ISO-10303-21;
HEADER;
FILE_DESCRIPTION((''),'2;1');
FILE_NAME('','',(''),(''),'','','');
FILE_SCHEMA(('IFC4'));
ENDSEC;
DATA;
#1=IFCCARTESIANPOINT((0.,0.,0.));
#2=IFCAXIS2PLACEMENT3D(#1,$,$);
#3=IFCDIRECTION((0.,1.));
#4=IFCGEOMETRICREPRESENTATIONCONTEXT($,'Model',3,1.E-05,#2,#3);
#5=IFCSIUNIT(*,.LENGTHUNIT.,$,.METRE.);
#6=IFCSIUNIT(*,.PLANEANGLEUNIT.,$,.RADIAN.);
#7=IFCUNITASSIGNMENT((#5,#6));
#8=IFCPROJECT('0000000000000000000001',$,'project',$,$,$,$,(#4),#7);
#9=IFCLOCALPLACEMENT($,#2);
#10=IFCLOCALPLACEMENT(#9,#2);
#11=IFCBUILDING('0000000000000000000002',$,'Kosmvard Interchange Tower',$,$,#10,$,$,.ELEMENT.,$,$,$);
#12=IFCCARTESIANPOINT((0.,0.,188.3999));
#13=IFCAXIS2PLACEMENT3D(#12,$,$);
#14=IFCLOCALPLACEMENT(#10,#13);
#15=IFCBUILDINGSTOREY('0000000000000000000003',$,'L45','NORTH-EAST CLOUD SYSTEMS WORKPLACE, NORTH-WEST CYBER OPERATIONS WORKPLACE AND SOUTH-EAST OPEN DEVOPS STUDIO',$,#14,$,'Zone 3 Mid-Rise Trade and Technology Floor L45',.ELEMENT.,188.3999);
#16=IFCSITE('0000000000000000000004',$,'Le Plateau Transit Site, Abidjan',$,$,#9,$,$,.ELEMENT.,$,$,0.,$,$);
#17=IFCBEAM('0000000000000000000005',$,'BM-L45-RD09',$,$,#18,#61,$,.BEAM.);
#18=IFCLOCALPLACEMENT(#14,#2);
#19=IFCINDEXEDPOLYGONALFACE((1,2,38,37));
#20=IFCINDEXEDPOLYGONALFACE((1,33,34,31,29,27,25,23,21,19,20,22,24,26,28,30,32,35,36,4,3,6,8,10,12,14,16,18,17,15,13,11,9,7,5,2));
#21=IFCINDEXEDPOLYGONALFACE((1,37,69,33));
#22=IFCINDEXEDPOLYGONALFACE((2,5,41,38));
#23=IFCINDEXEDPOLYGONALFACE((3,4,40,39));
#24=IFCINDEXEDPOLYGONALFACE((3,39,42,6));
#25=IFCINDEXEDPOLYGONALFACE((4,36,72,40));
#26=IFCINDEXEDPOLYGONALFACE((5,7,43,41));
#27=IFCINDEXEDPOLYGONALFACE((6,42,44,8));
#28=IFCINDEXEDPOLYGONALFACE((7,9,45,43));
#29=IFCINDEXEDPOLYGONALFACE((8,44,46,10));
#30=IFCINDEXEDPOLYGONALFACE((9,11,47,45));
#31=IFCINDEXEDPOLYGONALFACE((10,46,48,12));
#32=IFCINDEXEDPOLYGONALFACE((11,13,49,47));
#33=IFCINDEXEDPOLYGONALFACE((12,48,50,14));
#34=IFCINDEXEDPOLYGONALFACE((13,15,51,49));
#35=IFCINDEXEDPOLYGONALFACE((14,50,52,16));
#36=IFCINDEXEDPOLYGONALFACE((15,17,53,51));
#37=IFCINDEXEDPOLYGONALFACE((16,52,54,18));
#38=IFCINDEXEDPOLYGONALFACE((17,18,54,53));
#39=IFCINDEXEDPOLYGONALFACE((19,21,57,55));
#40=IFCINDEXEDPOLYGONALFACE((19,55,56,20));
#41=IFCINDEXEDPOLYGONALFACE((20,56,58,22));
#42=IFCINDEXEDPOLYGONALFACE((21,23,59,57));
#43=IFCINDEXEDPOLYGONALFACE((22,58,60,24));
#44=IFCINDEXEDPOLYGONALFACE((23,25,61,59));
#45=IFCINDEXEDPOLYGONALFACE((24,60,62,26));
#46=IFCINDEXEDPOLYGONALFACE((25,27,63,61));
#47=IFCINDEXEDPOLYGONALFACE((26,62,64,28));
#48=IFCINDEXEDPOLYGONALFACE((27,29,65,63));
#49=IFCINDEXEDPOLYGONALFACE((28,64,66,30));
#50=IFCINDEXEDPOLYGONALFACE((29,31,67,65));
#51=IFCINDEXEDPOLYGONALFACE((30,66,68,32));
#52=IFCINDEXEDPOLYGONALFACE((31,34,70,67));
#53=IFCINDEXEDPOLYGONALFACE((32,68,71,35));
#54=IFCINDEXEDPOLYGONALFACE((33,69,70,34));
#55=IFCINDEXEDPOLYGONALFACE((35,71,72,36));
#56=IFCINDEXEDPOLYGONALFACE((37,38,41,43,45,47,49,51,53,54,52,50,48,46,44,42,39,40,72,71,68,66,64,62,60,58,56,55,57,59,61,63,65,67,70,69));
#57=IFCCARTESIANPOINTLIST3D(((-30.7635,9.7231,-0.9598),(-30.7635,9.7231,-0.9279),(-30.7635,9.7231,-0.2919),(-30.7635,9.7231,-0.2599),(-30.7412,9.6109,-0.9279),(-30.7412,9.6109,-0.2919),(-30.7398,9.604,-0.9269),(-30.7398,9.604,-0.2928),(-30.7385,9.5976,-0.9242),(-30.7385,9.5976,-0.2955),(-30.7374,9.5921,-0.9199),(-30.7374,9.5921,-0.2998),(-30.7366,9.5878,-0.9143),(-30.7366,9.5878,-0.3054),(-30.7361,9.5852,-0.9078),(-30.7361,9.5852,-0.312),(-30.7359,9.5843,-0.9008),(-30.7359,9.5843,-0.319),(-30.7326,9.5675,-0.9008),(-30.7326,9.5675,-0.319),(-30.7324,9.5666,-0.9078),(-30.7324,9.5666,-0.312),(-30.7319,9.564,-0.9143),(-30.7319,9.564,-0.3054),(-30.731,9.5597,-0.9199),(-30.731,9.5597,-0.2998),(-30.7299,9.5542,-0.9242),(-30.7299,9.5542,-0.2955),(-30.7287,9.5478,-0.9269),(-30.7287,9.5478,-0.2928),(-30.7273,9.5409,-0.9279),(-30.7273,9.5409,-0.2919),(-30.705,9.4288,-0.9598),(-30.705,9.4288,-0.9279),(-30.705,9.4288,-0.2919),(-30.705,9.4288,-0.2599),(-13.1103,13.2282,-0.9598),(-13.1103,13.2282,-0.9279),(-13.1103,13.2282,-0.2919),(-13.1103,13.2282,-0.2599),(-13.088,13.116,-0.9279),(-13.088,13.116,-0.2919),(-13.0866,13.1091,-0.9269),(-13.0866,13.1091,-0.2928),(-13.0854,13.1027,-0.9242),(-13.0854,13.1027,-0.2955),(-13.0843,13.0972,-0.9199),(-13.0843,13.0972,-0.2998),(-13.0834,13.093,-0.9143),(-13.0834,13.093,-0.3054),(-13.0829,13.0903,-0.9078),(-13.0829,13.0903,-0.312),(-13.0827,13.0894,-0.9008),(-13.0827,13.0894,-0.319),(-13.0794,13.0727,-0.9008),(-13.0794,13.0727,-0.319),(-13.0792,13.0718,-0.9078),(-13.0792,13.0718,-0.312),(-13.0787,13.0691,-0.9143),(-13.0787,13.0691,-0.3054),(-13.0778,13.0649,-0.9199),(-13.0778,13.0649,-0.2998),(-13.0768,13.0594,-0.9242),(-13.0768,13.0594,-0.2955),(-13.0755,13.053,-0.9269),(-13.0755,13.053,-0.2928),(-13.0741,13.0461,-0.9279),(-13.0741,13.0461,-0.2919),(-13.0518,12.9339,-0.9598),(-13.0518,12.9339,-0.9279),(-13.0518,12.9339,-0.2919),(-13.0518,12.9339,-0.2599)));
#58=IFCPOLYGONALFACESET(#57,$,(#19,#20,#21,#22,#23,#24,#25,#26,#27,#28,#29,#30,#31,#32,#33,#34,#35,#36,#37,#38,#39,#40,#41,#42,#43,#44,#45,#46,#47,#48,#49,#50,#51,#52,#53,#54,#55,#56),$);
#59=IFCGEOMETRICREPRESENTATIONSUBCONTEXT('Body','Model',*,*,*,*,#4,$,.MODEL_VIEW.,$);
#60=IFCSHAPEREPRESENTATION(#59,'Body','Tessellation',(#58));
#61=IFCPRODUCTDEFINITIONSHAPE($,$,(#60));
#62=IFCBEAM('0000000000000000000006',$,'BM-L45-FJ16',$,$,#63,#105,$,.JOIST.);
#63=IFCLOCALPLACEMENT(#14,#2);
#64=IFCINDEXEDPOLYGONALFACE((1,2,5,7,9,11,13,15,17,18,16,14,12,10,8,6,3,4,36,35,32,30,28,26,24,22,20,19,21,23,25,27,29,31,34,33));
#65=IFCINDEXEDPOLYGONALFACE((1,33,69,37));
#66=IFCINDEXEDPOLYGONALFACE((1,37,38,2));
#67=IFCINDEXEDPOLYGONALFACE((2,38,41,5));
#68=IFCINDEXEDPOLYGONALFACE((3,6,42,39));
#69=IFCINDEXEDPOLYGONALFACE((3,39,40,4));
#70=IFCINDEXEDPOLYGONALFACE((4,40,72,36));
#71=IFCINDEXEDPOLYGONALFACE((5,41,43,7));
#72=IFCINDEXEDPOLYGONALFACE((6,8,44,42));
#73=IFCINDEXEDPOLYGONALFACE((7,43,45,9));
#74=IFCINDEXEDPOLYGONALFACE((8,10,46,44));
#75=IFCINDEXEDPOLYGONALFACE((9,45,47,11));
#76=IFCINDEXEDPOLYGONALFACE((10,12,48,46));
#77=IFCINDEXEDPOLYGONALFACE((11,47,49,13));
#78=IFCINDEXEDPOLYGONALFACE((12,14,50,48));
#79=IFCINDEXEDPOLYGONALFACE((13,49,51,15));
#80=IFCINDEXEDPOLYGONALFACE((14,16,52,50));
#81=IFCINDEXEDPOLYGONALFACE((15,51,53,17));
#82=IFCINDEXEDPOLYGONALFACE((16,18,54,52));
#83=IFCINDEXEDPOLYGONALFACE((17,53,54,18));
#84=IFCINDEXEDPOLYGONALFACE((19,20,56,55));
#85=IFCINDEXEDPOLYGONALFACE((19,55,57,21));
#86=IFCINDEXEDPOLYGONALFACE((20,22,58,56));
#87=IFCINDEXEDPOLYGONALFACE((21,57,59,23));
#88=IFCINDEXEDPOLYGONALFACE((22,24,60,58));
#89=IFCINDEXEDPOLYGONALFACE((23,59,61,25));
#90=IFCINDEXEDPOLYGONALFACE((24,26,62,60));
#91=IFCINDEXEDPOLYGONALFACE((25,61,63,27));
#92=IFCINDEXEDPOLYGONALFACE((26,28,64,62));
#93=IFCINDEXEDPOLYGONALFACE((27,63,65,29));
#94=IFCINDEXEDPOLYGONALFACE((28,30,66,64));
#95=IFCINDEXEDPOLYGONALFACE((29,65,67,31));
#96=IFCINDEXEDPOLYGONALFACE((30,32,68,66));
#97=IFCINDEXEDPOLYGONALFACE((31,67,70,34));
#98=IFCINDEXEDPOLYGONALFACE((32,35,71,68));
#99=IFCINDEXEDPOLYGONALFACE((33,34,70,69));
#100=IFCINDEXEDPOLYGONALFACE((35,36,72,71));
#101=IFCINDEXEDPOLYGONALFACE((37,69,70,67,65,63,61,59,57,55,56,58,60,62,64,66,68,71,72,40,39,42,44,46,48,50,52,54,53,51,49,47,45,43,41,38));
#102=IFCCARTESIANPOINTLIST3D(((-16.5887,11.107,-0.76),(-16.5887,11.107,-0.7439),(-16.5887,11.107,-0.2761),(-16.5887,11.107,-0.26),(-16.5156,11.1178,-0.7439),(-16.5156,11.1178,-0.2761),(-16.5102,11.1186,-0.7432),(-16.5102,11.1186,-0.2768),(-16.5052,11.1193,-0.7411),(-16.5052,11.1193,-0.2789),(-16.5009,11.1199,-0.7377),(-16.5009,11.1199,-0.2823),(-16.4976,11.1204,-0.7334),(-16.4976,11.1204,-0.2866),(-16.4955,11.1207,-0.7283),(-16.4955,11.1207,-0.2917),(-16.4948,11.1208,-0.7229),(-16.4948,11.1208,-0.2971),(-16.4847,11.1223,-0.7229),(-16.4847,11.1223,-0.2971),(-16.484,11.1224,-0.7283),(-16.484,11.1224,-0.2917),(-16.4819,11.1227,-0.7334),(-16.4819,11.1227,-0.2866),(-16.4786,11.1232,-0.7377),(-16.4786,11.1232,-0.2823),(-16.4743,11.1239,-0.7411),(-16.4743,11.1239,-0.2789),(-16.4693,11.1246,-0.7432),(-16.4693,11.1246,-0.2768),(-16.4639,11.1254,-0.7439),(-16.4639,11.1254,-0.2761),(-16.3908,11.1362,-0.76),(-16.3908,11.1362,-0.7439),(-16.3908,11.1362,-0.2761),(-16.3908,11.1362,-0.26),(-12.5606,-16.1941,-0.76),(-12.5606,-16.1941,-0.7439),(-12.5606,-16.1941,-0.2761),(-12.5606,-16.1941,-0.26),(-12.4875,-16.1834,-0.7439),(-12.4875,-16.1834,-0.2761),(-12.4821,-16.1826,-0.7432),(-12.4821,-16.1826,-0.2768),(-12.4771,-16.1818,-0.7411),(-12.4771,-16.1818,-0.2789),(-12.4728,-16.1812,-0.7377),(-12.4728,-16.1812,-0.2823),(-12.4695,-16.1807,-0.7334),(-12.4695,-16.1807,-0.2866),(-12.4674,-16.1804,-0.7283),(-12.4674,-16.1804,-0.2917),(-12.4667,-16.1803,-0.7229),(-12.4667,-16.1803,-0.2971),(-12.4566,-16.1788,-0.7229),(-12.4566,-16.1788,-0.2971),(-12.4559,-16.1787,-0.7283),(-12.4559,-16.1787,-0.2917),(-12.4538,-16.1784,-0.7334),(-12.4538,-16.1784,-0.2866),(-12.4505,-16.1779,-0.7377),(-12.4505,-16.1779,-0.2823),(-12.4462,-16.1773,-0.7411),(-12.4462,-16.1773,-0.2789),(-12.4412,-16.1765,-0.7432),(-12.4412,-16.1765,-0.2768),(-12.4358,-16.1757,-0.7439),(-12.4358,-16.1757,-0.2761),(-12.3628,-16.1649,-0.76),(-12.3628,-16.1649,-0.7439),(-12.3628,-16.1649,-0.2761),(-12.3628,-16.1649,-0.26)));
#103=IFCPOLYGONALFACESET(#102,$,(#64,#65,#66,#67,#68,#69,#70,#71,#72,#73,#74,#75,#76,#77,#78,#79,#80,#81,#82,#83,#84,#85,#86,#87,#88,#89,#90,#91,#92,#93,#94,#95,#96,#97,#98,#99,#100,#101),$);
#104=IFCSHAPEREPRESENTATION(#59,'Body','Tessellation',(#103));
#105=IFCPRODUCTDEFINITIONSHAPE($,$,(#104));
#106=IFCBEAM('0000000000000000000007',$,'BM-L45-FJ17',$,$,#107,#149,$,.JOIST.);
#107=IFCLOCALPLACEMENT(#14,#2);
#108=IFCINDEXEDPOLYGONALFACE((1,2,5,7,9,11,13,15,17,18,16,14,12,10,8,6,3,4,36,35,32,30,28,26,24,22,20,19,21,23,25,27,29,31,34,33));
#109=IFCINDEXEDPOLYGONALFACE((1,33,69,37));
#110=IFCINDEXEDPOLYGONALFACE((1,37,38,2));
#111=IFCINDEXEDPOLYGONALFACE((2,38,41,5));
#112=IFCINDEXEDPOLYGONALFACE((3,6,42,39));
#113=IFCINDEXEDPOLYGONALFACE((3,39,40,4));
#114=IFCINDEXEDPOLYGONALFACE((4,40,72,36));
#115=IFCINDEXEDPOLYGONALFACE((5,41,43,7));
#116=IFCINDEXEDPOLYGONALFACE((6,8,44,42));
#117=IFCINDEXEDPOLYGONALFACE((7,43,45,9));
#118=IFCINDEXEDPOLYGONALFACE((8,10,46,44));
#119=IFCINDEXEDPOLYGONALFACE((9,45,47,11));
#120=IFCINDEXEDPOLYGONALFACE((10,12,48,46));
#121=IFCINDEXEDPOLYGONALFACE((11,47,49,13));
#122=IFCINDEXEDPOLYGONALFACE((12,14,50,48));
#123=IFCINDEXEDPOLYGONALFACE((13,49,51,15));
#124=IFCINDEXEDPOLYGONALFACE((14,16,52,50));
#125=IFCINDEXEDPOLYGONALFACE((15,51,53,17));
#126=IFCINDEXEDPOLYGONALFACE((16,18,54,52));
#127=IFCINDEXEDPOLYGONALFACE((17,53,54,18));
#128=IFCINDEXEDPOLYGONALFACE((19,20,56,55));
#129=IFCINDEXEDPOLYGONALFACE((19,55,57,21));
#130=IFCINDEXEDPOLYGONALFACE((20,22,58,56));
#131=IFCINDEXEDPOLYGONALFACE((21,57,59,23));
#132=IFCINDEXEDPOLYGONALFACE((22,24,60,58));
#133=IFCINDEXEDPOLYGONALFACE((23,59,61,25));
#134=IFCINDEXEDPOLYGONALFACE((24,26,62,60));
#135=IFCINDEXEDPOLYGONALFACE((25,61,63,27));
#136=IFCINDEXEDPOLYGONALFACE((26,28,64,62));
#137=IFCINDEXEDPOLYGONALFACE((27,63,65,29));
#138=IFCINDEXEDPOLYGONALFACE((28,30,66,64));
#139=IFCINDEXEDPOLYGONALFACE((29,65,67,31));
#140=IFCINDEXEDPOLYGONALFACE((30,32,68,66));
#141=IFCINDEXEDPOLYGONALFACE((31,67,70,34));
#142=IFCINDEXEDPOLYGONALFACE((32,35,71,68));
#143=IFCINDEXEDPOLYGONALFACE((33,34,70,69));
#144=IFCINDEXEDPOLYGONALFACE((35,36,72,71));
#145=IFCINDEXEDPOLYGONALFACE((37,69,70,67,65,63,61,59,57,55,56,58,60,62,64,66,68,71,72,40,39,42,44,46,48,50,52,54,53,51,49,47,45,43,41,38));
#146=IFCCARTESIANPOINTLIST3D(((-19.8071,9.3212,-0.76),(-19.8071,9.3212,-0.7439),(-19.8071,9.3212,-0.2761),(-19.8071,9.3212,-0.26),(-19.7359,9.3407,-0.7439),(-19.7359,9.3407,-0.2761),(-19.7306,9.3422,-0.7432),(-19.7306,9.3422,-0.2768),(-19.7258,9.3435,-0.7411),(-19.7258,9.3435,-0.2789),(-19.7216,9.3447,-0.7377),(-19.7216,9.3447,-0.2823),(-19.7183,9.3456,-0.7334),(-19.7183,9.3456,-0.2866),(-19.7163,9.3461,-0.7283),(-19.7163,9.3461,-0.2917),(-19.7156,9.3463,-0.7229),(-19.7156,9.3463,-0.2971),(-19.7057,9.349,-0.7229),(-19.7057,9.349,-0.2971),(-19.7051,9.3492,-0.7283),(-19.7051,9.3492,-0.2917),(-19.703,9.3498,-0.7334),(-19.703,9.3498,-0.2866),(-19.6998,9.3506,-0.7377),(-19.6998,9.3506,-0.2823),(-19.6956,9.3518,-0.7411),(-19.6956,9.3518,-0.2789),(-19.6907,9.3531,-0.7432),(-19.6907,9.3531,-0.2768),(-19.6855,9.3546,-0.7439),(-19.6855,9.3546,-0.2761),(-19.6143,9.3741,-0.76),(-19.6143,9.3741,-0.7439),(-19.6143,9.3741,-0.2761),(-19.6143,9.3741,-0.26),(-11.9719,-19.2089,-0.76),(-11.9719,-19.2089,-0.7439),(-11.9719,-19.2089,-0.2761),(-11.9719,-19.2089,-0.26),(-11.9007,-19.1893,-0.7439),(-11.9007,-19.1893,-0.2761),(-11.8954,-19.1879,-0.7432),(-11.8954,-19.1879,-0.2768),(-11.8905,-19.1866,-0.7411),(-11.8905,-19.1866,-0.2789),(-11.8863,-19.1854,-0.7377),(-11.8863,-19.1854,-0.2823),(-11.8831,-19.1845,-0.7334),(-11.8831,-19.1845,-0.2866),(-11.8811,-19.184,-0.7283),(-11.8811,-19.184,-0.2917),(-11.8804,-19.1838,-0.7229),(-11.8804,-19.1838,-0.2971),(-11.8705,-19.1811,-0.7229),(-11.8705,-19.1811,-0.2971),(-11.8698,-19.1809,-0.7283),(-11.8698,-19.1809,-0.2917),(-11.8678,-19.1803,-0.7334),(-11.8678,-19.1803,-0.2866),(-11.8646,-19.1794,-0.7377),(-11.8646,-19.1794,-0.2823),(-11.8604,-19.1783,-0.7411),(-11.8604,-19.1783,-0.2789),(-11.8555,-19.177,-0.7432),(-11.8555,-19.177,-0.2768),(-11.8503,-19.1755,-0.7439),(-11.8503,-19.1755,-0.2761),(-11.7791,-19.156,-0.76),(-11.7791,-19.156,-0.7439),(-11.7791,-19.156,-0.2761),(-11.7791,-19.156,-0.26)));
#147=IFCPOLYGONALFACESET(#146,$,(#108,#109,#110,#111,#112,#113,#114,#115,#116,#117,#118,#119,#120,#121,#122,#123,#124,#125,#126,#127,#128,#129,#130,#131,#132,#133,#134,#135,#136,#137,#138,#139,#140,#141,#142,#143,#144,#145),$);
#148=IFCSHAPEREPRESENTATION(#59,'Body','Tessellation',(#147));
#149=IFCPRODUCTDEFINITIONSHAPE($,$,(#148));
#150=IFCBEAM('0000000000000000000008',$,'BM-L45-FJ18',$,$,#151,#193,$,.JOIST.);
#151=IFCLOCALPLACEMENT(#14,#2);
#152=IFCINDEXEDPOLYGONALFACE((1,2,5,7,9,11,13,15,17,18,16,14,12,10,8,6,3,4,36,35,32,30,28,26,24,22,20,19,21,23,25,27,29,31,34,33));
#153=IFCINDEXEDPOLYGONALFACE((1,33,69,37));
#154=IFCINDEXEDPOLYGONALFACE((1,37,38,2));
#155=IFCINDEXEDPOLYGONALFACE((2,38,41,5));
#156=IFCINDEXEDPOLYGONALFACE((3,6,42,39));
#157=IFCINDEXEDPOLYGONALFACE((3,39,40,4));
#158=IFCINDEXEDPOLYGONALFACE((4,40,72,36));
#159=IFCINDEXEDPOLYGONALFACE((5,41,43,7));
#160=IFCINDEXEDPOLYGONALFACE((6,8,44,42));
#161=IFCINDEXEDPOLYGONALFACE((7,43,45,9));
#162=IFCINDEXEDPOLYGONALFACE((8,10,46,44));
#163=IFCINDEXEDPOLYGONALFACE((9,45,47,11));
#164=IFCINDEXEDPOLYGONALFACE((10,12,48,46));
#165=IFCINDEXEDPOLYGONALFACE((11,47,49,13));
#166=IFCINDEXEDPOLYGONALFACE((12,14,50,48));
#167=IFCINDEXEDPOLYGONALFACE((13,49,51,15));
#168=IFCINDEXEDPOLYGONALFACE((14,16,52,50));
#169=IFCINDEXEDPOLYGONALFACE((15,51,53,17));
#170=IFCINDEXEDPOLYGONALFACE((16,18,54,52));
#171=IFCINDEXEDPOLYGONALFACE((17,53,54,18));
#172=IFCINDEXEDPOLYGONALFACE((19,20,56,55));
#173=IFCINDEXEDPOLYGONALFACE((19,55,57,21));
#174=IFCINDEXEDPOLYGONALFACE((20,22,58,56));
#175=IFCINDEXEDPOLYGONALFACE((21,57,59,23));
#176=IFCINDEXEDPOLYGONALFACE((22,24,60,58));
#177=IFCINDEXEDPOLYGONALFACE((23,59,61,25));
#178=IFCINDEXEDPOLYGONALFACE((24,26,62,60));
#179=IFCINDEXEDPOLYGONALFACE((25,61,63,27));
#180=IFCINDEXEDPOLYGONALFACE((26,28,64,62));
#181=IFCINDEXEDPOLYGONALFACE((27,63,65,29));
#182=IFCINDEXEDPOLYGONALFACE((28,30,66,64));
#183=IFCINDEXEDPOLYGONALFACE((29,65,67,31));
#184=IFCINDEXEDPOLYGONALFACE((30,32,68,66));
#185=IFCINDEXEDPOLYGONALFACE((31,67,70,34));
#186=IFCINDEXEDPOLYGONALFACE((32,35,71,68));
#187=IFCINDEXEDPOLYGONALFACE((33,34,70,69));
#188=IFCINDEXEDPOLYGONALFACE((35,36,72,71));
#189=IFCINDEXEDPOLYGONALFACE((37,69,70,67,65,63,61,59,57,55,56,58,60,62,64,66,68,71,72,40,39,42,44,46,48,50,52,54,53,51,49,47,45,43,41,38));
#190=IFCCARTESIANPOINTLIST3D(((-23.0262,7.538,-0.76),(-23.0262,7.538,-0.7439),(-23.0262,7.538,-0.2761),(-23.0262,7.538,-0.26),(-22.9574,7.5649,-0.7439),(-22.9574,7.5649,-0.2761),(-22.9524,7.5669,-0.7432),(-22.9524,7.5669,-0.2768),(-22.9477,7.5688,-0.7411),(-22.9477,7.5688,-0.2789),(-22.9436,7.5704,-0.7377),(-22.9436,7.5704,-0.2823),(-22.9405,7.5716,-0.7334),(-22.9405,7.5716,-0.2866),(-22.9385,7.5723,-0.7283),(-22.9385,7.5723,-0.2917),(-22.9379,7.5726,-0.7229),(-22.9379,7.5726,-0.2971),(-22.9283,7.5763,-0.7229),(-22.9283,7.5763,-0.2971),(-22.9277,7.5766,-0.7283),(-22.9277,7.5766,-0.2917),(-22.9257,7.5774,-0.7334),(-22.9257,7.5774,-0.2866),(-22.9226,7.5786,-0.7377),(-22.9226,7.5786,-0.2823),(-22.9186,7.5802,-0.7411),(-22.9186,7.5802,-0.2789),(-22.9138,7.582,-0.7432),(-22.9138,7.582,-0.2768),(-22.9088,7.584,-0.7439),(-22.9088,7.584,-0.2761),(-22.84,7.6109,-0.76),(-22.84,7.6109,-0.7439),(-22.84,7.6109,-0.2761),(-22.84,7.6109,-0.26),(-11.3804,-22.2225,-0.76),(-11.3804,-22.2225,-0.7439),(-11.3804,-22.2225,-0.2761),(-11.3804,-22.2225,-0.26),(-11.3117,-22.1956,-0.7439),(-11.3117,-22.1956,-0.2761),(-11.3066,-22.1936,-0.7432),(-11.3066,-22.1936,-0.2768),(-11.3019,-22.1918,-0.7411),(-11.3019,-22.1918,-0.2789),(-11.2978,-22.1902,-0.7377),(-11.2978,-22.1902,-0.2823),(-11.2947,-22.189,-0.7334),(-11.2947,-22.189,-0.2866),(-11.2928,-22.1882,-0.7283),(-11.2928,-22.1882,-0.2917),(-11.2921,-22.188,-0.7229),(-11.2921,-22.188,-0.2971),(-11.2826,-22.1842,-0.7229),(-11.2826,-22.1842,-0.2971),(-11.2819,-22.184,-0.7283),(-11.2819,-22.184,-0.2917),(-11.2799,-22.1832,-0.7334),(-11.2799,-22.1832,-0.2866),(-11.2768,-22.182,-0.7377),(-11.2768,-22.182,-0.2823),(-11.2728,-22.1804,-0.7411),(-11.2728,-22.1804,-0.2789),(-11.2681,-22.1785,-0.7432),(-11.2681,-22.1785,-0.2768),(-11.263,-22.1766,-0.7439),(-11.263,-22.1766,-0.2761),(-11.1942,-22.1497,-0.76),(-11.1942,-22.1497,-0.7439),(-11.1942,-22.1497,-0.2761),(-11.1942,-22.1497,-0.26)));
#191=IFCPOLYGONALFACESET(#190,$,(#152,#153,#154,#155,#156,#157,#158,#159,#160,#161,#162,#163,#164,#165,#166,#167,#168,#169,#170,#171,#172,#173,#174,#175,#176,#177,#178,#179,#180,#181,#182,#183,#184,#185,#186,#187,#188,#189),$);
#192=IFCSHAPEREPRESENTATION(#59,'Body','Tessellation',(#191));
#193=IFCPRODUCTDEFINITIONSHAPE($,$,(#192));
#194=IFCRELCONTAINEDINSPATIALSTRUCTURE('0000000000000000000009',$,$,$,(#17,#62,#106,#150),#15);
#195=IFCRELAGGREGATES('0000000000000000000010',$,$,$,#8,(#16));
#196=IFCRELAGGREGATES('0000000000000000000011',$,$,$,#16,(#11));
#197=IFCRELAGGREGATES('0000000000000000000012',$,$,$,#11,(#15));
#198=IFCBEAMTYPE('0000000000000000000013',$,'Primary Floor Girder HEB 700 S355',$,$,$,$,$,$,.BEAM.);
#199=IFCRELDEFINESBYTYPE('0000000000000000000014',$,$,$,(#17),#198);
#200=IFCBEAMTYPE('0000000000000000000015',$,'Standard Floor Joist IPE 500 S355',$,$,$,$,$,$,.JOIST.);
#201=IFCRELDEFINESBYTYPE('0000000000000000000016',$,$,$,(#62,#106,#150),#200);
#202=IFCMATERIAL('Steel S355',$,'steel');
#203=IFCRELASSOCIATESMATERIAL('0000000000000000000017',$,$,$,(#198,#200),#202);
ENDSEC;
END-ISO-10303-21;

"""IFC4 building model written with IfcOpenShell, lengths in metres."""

from ifc_helpers import new_model, si_unit, direction, frame, origin, origin_2d, place, context, subcontext, project, spatial, i_section, extrude, source, transform, mapped, material, material_profile, profile_set, type_object, element, save


model = new_model("IFC4")

# Units and contexts
model_context = context("Model", 3, precision=1e-05, world=origin(), true_north=direction((0.0, 1.0)))
body_context = subcontext(model_context, "Body", "Model", "MODEL_VIEW")
ifc_project = project(units=[si_unit("LENGTHUNIT", "METRE"), si_unit("PLANEANGLEUNIT", "RADIAN")], contexts=[model_context])

# Site, building, storey
site_placement = place(None, origin())
site = spatial("IfcSite", under=ifc_project, at=site_placement, Name="Le Plateau Transit Site, Abidjan", CompositionType="ELEMENT", RefElevation=0.0)
building_placement = place(site_placement, origin())
building = spatial("IfcBuilding", under=site, at=building_placement, Name="Kosmvard Interchange Tower", CompositionType="ELEMENT")
storey_placement = place(building_placement, frame((0.0, 0.0, 188.3999)))
storey = spatial("IfcBuildingStorey", under=building, at=storey_placement, Name="L45", Description="NORTH-EAST CLOUD SYSTEMS WORKPLACE, NORTH-WEST CYBER OPERATIONS WORKPLACE AND SOUTH-EAST OPEN DEVOPS STUDIO", LongName="Zone 3 Mid-Rise Trade and Technology Floor L45", CompositionType="ELEMENT", Elevation=188.3999)

# Beams
ifc_material_1 = material(Name="Steel S355", Category="steel")
ifc_material_profile_1 = material_profile(ifc_material_1, i_section(OverallWidth=0.3, OverallDepth=0.7, WebThickness=0.0171, FlangeThickness=0.032, FilletRadius=0.0271, at=origin_2d()), Name="HEB 700")
ifc_profile_set_1 = profile_set([ifc_material_profile_1], Name="Steel S355")
beam_type_1 = type_object("IfcBeamType", Name="Primary Floor Girder HEB 700 S355", PredefinedType="BEAM", material=ifc_profile_set_1)
shared_shape_1 = source(origin(), body_context, "Body", "SweptSolid", [
    extrude(i_section(OverallWidth=0.3, OverallDepth=0.7, WebThickness=0.0171, FlangeThickness=0.032, FilletRadius=0.0271, at=origin_2d()), origin(), (0.0, 0.0, 1.0), 17.9978),
])
beam_1_placement = place(storey_placement, frame((-13.0811, 13.0811, -0.6099), z_axis=(-0.980852, -0.194754, 0.0), x_axis=(0.194754, -0.980852, 0.0)))
element("IfcBeam", 1, at=beam_1_placement, inside=storey, type_object=beam_type_1, Name="BM-L45-RD09", PredefinedType="BEAM", context=body_context, shape_type="MappedRepresentation", body=[
    mapped(shared_shape_1, transform((0.0, 0.0, 0.0), scale=1.0)),
])
ifc_material_profile_2 = material_profile(ifc_material_1, i_section(OverallWidth=0.2, OverallDepth=0.5, WebThickness=0.0103, FlangeThickness=0.0161, FilletRadius=0.021, at=origin_2d()), Name="IPE 500")
ifc_profile_set_2 = profile_set([ifc_material_profile_2], Name="Steel S355")
beam_type_2 = type_object("IfcBeamType", Name="Standard Floor Joist IPE 500 S355", PredefinedType="JOIST", material=ifc_profile_set_2)
shared_shape_2 = source(origin(), body_context, "Body", "SweptSolid", [
    extrude(i_section(OverallWidth=0.2, OverallDepth=0.5, WebThickness=0.0103, FlangeThickness=0.0161, FilletRadius=0.021, at=origin_2d()), origin(), (0.0, 0.0, 1.0), 27.5967),
])
beam_2_placement = place(storey_placement, frame((-16.4897, 11.1216, -0.51), z_axis=(0.145963, -0.98929, 0.0), x_axis=(0.98929, 0.145963, 0.0)))
element("IfcBeam", 2, at=beam_2_placement, inside=storey, type_object=beam_type_2, Name="BM-L45-FJ16", PredefinedType="JOIST", context=body_context, shape_type="MappedRepresentation", body=[
    mapped(shared_shape_2, transform((0.0, 0.0, 0.0), scale=1.0)),
])
shared_shape_3 = source(origin(), body_context, "Body", "SweptSolid", [
    extrude(i_section(OverallWidth=0.2, OverallDepth=0.5, WebThickness=0.0103, FlangeThickness=0.0161, FilletRadius=0.021, at=origin_2d()), origin(), (0.0, 0.0, 1.0), 29.5864),
])
beam_3_placement = place(storey_placement, frame((-19.7107, 9.3477, -0.51), z_axis=(0.264825, -0.964297, 0.0), x_axis=(0.964297, 0.264825, 0.0)))
element("IfcBeam", 3, at=beam_3_placement, inside=storey, type_object=beam_type_2, Name="BM-L45-FJ17", PredefinedType="JOIST", context=body_context, shape_type="MappedRepresentation", body=[
    mapped(shared_shape_3, transform((0.0, 0.0, 0.0), scale=1.0)),
])
shared_shape_4 = source(origin(), body_context, "Body", "SweptSolid", [
    extrude(i_section(OverallWidth=0.2, OverallDepth=0.5, WebThickness=0.0103, FlangeThickness=0.0161, FilletRadius=0.021, at=origin_2d()), origin(), (0.0, 0.0, 1.0), 31.958),
])
beam_4_placement = place(storey_placement, frame((-22.9331, 7.5745, -0.51), z_axis=(0.364409, -0.931239, 0.0), x_axis=(0.931239, 0.364409, 0.0)))
element("IfcBeam", 4, at=beam_4_placement, inside=storey, type_object=beam_type_2, Name="BM-L45-FJ18", PredefinedType="JOIST", context=body_context, shape_type="MappedRepresentation", body=[
    mapped(shared_shape_4, transform((0.0, 0.0, 0.0), scale=1.0)),
])

save(model, "model.ifc")
